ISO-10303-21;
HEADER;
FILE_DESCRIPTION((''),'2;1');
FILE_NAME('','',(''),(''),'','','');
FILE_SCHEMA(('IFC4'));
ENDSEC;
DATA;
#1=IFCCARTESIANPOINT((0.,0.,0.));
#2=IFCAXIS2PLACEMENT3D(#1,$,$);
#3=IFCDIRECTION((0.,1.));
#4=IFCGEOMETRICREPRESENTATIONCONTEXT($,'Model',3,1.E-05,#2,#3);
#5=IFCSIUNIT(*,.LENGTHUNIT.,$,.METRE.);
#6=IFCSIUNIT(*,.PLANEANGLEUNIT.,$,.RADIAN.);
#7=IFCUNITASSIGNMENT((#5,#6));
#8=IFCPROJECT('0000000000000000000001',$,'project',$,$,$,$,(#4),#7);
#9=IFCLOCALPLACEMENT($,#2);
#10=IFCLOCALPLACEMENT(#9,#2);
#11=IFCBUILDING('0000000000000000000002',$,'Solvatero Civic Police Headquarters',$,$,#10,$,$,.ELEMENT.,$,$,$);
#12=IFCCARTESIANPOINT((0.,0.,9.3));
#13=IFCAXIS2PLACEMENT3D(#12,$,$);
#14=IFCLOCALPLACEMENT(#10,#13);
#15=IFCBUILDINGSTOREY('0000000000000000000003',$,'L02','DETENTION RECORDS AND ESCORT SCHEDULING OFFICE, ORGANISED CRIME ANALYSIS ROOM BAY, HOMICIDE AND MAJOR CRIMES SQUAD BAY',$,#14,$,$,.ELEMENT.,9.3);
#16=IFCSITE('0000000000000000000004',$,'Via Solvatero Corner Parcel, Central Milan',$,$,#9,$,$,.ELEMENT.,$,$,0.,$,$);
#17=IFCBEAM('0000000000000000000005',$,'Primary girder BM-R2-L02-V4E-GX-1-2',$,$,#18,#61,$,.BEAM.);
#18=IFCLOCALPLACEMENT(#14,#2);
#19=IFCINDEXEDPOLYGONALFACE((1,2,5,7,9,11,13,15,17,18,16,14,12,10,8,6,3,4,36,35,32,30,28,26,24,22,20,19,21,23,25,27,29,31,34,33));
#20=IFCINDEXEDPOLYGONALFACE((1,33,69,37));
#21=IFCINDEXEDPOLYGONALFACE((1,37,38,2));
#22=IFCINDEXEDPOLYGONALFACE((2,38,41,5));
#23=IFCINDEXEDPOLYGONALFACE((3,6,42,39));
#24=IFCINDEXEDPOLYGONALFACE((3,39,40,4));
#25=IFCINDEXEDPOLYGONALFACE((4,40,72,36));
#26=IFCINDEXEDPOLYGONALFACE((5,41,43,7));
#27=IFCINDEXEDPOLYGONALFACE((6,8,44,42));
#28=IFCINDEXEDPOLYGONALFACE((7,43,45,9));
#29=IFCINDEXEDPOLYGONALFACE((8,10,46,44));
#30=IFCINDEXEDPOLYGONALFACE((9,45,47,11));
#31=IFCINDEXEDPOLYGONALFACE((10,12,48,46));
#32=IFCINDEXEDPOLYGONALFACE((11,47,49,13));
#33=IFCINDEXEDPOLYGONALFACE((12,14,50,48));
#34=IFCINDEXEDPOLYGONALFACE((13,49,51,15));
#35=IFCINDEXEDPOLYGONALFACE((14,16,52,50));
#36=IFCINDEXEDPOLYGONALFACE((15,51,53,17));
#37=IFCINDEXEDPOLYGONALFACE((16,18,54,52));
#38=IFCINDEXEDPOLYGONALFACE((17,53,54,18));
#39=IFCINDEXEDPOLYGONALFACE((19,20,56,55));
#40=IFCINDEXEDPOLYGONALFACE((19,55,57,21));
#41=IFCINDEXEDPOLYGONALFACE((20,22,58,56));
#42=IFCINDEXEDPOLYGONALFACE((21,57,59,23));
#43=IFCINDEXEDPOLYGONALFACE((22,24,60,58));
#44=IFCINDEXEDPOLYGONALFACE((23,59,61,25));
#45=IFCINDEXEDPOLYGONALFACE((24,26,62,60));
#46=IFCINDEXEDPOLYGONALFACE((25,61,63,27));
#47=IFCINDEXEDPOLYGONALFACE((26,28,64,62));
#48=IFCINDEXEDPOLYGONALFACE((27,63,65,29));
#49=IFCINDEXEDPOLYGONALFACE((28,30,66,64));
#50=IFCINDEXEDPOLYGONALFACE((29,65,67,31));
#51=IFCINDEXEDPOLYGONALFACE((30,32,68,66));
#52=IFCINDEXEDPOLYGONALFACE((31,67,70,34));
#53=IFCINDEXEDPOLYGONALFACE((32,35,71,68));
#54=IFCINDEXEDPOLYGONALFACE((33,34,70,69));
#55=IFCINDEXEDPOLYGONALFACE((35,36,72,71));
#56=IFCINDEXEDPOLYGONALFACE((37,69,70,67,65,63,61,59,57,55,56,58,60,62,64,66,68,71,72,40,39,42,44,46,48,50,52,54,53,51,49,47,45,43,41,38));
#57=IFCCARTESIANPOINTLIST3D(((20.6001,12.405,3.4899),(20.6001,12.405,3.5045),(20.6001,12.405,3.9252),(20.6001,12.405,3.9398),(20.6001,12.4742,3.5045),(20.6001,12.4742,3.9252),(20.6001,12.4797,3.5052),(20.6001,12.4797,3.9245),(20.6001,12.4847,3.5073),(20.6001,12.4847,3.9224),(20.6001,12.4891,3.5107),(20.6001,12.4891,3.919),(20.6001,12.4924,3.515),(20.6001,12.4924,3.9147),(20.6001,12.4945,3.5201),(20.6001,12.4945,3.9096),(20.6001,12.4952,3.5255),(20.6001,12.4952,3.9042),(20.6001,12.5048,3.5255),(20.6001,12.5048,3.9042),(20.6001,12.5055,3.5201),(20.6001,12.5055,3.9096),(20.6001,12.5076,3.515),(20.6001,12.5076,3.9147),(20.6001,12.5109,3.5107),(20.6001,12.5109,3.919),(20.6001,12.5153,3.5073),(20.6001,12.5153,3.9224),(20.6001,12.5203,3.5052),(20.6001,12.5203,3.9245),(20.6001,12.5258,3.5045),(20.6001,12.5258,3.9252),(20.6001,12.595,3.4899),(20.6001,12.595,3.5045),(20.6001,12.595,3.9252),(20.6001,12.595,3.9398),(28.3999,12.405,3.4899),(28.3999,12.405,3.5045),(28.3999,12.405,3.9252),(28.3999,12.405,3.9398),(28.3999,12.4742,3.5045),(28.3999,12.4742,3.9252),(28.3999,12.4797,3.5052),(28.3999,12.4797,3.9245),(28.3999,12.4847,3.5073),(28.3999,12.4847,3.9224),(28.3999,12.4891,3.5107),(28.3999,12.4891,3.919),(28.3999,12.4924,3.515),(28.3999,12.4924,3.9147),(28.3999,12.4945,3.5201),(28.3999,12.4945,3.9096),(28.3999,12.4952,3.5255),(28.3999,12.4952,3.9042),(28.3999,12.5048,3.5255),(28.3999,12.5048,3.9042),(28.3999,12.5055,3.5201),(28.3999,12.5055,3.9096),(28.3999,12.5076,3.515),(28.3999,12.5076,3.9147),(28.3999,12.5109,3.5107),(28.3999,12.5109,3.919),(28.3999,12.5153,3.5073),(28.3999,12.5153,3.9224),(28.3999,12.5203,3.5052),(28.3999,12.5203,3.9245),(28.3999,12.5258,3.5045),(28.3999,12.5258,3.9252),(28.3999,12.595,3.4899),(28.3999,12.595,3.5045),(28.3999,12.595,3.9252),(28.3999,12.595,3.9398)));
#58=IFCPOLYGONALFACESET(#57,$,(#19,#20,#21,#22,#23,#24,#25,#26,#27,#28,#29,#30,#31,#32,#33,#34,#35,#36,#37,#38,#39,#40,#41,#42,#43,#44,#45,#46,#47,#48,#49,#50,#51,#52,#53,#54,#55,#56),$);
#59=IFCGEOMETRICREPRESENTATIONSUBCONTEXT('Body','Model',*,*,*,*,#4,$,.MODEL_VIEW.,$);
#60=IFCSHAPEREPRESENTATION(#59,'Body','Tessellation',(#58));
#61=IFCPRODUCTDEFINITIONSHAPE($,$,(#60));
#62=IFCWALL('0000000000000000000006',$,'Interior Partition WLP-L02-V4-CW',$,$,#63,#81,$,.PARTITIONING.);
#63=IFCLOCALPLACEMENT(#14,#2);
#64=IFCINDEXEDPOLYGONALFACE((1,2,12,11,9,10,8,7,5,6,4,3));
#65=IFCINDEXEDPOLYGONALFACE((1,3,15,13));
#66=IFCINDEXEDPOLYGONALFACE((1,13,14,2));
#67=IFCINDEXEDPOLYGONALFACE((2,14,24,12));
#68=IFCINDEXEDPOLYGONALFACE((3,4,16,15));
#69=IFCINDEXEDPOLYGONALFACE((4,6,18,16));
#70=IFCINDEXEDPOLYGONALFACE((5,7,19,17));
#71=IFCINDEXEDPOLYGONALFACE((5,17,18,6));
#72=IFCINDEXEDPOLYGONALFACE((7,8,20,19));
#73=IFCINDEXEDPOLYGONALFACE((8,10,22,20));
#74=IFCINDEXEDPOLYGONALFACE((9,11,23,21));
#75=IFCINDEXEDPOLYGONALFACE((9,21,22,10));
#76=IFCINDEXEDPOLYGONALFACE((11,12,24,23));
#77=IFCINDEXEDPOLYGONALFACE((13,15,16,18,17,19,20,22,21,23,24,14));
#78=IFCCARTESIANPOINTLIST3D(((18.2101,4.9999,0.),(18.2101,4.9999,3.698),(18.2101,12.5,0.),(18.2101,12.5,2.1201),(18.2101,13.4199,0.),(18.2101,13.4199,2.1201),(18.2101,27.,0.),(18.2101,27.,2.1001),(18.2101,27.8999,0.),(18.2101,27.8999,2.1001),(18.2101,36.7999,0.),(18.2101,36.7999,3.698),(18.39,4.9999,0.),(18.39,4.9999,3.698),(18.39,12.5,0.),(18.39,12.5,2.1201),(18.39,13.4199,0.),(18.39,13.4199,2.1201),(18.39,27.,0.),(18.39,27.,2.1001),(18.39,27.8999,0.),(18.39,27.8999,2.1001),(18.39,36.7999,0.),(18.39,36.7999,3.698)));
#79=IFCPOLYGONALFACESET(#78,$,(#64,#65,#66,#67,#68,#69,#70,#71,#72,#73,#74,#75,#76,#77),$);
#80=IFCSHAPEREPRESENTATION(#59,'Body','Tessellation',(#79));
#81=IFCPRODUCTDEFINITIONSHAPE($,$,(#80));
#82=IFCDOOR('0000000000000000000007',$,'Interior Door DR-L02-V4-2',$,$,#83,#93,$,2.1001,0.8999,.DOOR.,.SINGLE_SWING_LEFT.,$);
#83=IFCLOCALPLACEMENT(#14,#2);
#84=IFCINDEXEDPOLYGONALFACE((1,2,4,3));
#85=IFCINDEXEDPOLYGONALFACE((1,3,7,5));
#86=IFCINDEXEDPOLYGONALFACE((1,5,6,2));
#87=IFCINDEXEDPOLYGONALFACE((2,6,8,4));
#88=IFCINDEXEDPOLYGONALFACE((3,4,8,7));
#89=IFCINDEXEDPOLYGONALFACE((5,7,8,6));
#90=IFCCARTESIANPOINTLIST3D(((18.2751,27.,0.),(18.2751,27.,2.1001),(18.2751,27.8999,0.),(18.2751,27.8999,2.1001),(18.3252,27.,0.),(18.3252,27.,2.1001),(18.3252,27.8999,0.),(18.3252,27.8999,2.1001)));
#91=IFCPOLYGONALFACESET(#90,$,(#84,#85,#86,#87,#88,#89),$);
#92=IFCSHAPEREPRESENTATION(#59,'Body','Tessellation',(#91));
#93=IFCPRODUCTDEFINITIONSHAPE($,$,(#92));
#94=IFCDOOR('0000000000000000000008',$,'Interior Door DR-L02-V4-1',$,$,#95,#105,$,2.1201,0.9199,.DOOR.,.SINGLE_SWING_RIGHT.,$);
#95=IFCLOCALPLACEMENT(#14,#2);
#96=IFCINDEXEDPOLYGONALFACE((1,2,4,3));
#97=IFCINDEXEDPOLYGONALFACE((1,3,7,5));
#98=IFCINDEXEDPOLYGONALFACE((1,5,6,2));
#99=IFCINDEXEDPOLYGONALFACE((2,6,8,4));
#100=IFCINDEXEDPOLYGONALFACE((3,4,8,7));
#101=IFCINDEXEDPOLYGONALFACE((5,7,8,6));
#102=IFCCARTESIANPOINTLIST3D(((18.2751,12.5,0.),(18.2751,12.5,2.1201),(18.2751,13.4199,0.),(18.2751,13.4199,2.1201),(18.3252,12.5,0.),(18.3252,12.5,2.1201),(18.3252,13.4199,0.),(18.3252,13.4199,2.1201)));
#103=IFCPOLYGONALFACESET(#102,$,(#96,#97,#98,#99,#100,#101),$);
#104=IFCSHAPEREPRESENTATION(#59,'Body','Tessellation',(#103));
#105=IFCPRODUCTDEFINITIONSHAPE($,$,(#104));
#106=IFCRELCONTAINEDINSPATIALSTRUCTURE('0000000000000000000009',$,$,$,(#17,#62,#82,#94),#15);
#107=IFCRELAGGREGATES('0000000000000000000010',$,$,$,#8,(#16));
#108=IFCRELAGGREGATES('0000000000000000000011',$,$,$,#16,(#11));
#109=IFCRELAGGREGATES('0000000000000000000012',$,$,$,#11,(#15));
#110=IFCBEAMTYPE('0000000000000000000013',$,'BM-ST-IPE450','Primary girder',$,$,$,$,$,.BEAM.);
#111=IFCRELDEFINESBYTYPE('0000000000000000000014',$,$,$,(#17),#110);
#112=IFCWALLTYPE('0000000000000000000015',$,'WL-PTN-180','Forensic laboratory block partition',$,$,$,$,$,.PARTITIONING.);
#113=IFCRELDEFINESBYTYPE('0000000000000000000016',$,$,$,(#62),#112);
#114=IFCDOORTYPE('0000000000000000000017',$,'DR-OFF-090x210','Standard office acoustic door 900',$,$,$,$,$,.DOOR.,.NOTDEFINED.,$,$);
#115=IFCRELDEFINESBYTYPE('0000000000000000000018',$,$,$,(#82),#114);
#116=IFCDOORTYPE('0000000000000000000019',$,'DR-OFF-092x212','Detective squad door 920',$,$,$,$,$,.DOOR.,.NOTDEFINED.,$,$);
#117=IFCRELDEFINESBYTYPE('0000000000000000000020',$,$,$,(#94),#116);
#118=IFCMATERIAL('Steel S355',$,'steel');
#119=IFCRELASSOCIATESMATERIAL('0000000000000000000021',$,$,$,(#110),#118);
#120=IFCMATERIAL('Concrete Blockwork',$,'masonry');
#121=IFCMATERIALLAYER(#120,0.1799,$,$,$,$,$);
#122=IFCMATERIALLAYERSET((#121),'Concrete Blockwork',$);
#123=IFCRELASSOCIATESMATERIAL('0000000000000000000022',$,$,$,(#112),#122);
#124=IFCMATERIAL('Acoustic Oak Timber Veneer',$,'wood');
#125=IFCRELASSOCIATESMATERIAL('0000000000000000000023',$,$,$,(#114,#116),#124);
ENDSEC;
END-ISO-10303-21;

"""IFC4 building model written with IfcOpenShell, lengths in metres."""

from ifc_helpers import new_model, si_unit, direction, frame, frame_2d, origin, origin_2d, place, context, subcontext, project, spatial, rectangle, i_section, extrude, material, layer, layer_set, material_profile, profile_set, type_object, element, fill, save


model = new_model("IFC4")

# Units and contexts
model_context = context("Model", 3, precision=1e-05, world=origin(), true_north=direction((0.0, 1.0)))
body_context = subcontext(model_context, "Body", "Model", "MODEL_VIEW")
ifc_project = project(units=[si_unit("LENGTHUNIT", "METRE"), si_unit("PLANEANGLEUNIT", "RADIAN")], contexts=[model_context])

# Site, building, storey
site_placement = place(None, origin())
site = spatial("IfcSite", under=ifc_project, at=site_placement, Name="Via Solvatero Corner Parcel, Central Milan", CompositionType="ELEMENT", RefElevation=0.0)
building_placement = place(site_placement, origin())
building = spatial("IfcBuilding", under=site, at=building_placement, Name="Solvatero Civic Police Headquarters", CompositionType="ELEMENT")
storey_placement = place(building_placement, frame((0.0, 0.0, 9.3)))
storey = spatial("IfcBuildingStorey", under=building, at=storey_placement, Name="L02", Description="DETENTION RECORDS AND ESCORT SCHEDULING OFFICE, ORGANISED CRIME ANALYSIS ROOM BAY, HOMICIDE AND MAJOR CRIMES SQUAD BAY", CompositionType="ELEMENT", Elevation=9.3)

# Shared definitions
ifc_material_1 = material(Name="Steel S355", Category="steel")

# Beam
ifc_material_profile_1 = material_profile(ifc_material_1, i_section(OverallWidth=0.1899, OverallDepth=0.45, WebThickness=0.0095, FlangeThickness=0.0146, FilletRadius=0.021, at=origin_2d()), Name="IPE 450")
ifc_profile_set_1 = profile_set([ifc_material_profile_1], Name="Steel S355")
beam_type_1 = type_object("IfcBeamType", Name="BM-ST-IPE450", Description="Primary girder", PredefinedType="BEAM", material=ifc_profile_set_1)
beam_1_placement = place(storey_placement, frame((20.6001, 12.5, 3.7148), z_axis=(1.0, 0.0, 0.0), x_axis=(0.0, 1.0, 0.0)))
element("IfcBeam", 1, at=beam_1_placement, inside=storey, type_object=beam_type_1, Name="Primary girder BM-R2-L02-V4E-GX-1-2", PredefinedType="BEAM", context=body_context, shape_type="SweptSolid", body=[
    extrude(i_section(OverallWidth=0.1899, OverallDepth=0.45, WebThickness=0.0095, FlangeThickness=0.0146, FilletRadius=0.021, at=origin_2d()), origin(), (0.0, 0.0, 1.0), 7.7998),
])

# Wall, openings, doors
ifc_material_2 = material(Name="Concrete Blockwork", Category="masonry")
ifc_layer = layer(ifc_material_2, 0.1799)
ifc_layer_set = layer_set([ifc_layer], Name="Concrete Blockwork")
wall_type = type_object("IfcWallType", Name="WL-PTN-180", Description="Forensic laboratory block partition", PredefinedType="PARTITIONING", material=ifc_layer_set)
wall_placement = place(storey_placement, frame((18.3, 5.0, 0.0), z_axis=(0.0, 0.0, 1.0), x_axis=(0.0, 1.0, 0.0)))
wall = element("IfcWall", 2, at=wall_placement, inside=storey, type_object=wall_type, Name="Interior Partition WLP-L02-V4-CW", PredefinedType="PARTITIONING", context=body_context, shape_type="SweptSolid", body=[
    extrude(rectangle(XDim=31.8, YDim=0.1799, at=frame_2d((15.8999, 0.0))), origin(), (0.0, 0.0, 1.0), 3.698),
])
opening_1_placement = place(wall_placement, frame((7.5, 0.0, 0.0)))
opening_1 = element("IfcOpeningElement", 3, at=opening_1_placement, cuts=wall, PredefinedType="OPENING", context=body_context, shape_type="SweptSolid", body=[
    extrude(rectangle(XDim=0.9199, YDim=2.1201, at=frame_2d((0.46, 1.0601))), frame((0.0, 0.0999, 0.0), z_axis=(0.0, -1.0, 0.0), x_axis=(1.0, 0.0, 0.0)), (0.0, 0.0, 1.0), 0.2),
])
opening_2_placement = place(wall_placement, frame((22.0, 0.0, 0.0)))
opening_2 = element("IfcOpeningElement", 4, at=opening_2_placement, cuts=wall, PredefinedType="OPENING", context=body_context, shape_type="SweptSolid", body=[
    extrude(rectangle(XDim=0.8999, YDim=2.1001, at=frame_2d((0.45, 1.05))), frame((0.0, 0.0999, 0.0), z_axis=(0.0, -1.0, 0.0), x_axis=(1.0, 0.0, 0.0)), (0.0, 0.0, 1.0), 0.2),
])
ifc_material_3 = material(Name="Acoustic Oak Timber Veneer", Category="wood")
door_type_1 = type_object("IfcDoorType", Name="DR-OFF-090x210", Description="Standard office acoustic door 900", OperationType="NOTDEFINED", PredefinedType="DOOR", material=ifc_material_3)
door_1_placement = place(opening_2_placement, origin())
door_1 = element("IfcDoor", 5, at=door_1_placement, inside=storey, type_object=door_type_1, Name="Interior Door DR-L02-V4-2", OperationType="SINGLE_SWING_LEFT", OverallHeight=2.1001, OverallWidth=0.8999, PredefinedType="DOOR", context=body_context, shape_type="SweptSolid", body=[
    extrude(rectangle(XDim=0.8999, YDim=2.1001, at=frame_2d((0.45, 1.05))), frame((0.0, 0.0249, 0.0), z_axis=(0.0, -1.0, 0.0), x_axis=(1.0, 0.0, 0.0)), (0.0, 0.0, 1.0), 0.05),
])
fill(opening_2, door_1)
door_type_2 = type_object("IfcDoorType", Name="DR-OFF-092x212", Description="Detective squad door 920", OperationType="NOTDEFINED", PredefinedType="DOOR", material=ifc_material_3)
door_2_placement = place(opening_1_placement, origin())
door_2 = element("IfcDoor", 6, at=door_2_placement, inside=storey, type_object=door_type_2, Name="Interior Door DR-L02-V4-1", OperationType="SINGLE_SWING_RIGHT", OverallHeight=2.1201, OverallWidth=0.9199, PredefinedType="DOOR", context=body_context, shape_type="SweptSolid", body=[
    extrude(rectangle(XDim=0.9199, YDim=2.1201, at=frame_2d((0.46, 1.0601))), frame((0.0, 0.0249, 0.0), z_axis=(0.0, -1.0, 0.0), x_axis=(1.0, 0.0, 0.0)), (0.0, 0.0, 1.0), 0.05),
])
fill(opening_1, door_2)

save(model, "model.ifc")
